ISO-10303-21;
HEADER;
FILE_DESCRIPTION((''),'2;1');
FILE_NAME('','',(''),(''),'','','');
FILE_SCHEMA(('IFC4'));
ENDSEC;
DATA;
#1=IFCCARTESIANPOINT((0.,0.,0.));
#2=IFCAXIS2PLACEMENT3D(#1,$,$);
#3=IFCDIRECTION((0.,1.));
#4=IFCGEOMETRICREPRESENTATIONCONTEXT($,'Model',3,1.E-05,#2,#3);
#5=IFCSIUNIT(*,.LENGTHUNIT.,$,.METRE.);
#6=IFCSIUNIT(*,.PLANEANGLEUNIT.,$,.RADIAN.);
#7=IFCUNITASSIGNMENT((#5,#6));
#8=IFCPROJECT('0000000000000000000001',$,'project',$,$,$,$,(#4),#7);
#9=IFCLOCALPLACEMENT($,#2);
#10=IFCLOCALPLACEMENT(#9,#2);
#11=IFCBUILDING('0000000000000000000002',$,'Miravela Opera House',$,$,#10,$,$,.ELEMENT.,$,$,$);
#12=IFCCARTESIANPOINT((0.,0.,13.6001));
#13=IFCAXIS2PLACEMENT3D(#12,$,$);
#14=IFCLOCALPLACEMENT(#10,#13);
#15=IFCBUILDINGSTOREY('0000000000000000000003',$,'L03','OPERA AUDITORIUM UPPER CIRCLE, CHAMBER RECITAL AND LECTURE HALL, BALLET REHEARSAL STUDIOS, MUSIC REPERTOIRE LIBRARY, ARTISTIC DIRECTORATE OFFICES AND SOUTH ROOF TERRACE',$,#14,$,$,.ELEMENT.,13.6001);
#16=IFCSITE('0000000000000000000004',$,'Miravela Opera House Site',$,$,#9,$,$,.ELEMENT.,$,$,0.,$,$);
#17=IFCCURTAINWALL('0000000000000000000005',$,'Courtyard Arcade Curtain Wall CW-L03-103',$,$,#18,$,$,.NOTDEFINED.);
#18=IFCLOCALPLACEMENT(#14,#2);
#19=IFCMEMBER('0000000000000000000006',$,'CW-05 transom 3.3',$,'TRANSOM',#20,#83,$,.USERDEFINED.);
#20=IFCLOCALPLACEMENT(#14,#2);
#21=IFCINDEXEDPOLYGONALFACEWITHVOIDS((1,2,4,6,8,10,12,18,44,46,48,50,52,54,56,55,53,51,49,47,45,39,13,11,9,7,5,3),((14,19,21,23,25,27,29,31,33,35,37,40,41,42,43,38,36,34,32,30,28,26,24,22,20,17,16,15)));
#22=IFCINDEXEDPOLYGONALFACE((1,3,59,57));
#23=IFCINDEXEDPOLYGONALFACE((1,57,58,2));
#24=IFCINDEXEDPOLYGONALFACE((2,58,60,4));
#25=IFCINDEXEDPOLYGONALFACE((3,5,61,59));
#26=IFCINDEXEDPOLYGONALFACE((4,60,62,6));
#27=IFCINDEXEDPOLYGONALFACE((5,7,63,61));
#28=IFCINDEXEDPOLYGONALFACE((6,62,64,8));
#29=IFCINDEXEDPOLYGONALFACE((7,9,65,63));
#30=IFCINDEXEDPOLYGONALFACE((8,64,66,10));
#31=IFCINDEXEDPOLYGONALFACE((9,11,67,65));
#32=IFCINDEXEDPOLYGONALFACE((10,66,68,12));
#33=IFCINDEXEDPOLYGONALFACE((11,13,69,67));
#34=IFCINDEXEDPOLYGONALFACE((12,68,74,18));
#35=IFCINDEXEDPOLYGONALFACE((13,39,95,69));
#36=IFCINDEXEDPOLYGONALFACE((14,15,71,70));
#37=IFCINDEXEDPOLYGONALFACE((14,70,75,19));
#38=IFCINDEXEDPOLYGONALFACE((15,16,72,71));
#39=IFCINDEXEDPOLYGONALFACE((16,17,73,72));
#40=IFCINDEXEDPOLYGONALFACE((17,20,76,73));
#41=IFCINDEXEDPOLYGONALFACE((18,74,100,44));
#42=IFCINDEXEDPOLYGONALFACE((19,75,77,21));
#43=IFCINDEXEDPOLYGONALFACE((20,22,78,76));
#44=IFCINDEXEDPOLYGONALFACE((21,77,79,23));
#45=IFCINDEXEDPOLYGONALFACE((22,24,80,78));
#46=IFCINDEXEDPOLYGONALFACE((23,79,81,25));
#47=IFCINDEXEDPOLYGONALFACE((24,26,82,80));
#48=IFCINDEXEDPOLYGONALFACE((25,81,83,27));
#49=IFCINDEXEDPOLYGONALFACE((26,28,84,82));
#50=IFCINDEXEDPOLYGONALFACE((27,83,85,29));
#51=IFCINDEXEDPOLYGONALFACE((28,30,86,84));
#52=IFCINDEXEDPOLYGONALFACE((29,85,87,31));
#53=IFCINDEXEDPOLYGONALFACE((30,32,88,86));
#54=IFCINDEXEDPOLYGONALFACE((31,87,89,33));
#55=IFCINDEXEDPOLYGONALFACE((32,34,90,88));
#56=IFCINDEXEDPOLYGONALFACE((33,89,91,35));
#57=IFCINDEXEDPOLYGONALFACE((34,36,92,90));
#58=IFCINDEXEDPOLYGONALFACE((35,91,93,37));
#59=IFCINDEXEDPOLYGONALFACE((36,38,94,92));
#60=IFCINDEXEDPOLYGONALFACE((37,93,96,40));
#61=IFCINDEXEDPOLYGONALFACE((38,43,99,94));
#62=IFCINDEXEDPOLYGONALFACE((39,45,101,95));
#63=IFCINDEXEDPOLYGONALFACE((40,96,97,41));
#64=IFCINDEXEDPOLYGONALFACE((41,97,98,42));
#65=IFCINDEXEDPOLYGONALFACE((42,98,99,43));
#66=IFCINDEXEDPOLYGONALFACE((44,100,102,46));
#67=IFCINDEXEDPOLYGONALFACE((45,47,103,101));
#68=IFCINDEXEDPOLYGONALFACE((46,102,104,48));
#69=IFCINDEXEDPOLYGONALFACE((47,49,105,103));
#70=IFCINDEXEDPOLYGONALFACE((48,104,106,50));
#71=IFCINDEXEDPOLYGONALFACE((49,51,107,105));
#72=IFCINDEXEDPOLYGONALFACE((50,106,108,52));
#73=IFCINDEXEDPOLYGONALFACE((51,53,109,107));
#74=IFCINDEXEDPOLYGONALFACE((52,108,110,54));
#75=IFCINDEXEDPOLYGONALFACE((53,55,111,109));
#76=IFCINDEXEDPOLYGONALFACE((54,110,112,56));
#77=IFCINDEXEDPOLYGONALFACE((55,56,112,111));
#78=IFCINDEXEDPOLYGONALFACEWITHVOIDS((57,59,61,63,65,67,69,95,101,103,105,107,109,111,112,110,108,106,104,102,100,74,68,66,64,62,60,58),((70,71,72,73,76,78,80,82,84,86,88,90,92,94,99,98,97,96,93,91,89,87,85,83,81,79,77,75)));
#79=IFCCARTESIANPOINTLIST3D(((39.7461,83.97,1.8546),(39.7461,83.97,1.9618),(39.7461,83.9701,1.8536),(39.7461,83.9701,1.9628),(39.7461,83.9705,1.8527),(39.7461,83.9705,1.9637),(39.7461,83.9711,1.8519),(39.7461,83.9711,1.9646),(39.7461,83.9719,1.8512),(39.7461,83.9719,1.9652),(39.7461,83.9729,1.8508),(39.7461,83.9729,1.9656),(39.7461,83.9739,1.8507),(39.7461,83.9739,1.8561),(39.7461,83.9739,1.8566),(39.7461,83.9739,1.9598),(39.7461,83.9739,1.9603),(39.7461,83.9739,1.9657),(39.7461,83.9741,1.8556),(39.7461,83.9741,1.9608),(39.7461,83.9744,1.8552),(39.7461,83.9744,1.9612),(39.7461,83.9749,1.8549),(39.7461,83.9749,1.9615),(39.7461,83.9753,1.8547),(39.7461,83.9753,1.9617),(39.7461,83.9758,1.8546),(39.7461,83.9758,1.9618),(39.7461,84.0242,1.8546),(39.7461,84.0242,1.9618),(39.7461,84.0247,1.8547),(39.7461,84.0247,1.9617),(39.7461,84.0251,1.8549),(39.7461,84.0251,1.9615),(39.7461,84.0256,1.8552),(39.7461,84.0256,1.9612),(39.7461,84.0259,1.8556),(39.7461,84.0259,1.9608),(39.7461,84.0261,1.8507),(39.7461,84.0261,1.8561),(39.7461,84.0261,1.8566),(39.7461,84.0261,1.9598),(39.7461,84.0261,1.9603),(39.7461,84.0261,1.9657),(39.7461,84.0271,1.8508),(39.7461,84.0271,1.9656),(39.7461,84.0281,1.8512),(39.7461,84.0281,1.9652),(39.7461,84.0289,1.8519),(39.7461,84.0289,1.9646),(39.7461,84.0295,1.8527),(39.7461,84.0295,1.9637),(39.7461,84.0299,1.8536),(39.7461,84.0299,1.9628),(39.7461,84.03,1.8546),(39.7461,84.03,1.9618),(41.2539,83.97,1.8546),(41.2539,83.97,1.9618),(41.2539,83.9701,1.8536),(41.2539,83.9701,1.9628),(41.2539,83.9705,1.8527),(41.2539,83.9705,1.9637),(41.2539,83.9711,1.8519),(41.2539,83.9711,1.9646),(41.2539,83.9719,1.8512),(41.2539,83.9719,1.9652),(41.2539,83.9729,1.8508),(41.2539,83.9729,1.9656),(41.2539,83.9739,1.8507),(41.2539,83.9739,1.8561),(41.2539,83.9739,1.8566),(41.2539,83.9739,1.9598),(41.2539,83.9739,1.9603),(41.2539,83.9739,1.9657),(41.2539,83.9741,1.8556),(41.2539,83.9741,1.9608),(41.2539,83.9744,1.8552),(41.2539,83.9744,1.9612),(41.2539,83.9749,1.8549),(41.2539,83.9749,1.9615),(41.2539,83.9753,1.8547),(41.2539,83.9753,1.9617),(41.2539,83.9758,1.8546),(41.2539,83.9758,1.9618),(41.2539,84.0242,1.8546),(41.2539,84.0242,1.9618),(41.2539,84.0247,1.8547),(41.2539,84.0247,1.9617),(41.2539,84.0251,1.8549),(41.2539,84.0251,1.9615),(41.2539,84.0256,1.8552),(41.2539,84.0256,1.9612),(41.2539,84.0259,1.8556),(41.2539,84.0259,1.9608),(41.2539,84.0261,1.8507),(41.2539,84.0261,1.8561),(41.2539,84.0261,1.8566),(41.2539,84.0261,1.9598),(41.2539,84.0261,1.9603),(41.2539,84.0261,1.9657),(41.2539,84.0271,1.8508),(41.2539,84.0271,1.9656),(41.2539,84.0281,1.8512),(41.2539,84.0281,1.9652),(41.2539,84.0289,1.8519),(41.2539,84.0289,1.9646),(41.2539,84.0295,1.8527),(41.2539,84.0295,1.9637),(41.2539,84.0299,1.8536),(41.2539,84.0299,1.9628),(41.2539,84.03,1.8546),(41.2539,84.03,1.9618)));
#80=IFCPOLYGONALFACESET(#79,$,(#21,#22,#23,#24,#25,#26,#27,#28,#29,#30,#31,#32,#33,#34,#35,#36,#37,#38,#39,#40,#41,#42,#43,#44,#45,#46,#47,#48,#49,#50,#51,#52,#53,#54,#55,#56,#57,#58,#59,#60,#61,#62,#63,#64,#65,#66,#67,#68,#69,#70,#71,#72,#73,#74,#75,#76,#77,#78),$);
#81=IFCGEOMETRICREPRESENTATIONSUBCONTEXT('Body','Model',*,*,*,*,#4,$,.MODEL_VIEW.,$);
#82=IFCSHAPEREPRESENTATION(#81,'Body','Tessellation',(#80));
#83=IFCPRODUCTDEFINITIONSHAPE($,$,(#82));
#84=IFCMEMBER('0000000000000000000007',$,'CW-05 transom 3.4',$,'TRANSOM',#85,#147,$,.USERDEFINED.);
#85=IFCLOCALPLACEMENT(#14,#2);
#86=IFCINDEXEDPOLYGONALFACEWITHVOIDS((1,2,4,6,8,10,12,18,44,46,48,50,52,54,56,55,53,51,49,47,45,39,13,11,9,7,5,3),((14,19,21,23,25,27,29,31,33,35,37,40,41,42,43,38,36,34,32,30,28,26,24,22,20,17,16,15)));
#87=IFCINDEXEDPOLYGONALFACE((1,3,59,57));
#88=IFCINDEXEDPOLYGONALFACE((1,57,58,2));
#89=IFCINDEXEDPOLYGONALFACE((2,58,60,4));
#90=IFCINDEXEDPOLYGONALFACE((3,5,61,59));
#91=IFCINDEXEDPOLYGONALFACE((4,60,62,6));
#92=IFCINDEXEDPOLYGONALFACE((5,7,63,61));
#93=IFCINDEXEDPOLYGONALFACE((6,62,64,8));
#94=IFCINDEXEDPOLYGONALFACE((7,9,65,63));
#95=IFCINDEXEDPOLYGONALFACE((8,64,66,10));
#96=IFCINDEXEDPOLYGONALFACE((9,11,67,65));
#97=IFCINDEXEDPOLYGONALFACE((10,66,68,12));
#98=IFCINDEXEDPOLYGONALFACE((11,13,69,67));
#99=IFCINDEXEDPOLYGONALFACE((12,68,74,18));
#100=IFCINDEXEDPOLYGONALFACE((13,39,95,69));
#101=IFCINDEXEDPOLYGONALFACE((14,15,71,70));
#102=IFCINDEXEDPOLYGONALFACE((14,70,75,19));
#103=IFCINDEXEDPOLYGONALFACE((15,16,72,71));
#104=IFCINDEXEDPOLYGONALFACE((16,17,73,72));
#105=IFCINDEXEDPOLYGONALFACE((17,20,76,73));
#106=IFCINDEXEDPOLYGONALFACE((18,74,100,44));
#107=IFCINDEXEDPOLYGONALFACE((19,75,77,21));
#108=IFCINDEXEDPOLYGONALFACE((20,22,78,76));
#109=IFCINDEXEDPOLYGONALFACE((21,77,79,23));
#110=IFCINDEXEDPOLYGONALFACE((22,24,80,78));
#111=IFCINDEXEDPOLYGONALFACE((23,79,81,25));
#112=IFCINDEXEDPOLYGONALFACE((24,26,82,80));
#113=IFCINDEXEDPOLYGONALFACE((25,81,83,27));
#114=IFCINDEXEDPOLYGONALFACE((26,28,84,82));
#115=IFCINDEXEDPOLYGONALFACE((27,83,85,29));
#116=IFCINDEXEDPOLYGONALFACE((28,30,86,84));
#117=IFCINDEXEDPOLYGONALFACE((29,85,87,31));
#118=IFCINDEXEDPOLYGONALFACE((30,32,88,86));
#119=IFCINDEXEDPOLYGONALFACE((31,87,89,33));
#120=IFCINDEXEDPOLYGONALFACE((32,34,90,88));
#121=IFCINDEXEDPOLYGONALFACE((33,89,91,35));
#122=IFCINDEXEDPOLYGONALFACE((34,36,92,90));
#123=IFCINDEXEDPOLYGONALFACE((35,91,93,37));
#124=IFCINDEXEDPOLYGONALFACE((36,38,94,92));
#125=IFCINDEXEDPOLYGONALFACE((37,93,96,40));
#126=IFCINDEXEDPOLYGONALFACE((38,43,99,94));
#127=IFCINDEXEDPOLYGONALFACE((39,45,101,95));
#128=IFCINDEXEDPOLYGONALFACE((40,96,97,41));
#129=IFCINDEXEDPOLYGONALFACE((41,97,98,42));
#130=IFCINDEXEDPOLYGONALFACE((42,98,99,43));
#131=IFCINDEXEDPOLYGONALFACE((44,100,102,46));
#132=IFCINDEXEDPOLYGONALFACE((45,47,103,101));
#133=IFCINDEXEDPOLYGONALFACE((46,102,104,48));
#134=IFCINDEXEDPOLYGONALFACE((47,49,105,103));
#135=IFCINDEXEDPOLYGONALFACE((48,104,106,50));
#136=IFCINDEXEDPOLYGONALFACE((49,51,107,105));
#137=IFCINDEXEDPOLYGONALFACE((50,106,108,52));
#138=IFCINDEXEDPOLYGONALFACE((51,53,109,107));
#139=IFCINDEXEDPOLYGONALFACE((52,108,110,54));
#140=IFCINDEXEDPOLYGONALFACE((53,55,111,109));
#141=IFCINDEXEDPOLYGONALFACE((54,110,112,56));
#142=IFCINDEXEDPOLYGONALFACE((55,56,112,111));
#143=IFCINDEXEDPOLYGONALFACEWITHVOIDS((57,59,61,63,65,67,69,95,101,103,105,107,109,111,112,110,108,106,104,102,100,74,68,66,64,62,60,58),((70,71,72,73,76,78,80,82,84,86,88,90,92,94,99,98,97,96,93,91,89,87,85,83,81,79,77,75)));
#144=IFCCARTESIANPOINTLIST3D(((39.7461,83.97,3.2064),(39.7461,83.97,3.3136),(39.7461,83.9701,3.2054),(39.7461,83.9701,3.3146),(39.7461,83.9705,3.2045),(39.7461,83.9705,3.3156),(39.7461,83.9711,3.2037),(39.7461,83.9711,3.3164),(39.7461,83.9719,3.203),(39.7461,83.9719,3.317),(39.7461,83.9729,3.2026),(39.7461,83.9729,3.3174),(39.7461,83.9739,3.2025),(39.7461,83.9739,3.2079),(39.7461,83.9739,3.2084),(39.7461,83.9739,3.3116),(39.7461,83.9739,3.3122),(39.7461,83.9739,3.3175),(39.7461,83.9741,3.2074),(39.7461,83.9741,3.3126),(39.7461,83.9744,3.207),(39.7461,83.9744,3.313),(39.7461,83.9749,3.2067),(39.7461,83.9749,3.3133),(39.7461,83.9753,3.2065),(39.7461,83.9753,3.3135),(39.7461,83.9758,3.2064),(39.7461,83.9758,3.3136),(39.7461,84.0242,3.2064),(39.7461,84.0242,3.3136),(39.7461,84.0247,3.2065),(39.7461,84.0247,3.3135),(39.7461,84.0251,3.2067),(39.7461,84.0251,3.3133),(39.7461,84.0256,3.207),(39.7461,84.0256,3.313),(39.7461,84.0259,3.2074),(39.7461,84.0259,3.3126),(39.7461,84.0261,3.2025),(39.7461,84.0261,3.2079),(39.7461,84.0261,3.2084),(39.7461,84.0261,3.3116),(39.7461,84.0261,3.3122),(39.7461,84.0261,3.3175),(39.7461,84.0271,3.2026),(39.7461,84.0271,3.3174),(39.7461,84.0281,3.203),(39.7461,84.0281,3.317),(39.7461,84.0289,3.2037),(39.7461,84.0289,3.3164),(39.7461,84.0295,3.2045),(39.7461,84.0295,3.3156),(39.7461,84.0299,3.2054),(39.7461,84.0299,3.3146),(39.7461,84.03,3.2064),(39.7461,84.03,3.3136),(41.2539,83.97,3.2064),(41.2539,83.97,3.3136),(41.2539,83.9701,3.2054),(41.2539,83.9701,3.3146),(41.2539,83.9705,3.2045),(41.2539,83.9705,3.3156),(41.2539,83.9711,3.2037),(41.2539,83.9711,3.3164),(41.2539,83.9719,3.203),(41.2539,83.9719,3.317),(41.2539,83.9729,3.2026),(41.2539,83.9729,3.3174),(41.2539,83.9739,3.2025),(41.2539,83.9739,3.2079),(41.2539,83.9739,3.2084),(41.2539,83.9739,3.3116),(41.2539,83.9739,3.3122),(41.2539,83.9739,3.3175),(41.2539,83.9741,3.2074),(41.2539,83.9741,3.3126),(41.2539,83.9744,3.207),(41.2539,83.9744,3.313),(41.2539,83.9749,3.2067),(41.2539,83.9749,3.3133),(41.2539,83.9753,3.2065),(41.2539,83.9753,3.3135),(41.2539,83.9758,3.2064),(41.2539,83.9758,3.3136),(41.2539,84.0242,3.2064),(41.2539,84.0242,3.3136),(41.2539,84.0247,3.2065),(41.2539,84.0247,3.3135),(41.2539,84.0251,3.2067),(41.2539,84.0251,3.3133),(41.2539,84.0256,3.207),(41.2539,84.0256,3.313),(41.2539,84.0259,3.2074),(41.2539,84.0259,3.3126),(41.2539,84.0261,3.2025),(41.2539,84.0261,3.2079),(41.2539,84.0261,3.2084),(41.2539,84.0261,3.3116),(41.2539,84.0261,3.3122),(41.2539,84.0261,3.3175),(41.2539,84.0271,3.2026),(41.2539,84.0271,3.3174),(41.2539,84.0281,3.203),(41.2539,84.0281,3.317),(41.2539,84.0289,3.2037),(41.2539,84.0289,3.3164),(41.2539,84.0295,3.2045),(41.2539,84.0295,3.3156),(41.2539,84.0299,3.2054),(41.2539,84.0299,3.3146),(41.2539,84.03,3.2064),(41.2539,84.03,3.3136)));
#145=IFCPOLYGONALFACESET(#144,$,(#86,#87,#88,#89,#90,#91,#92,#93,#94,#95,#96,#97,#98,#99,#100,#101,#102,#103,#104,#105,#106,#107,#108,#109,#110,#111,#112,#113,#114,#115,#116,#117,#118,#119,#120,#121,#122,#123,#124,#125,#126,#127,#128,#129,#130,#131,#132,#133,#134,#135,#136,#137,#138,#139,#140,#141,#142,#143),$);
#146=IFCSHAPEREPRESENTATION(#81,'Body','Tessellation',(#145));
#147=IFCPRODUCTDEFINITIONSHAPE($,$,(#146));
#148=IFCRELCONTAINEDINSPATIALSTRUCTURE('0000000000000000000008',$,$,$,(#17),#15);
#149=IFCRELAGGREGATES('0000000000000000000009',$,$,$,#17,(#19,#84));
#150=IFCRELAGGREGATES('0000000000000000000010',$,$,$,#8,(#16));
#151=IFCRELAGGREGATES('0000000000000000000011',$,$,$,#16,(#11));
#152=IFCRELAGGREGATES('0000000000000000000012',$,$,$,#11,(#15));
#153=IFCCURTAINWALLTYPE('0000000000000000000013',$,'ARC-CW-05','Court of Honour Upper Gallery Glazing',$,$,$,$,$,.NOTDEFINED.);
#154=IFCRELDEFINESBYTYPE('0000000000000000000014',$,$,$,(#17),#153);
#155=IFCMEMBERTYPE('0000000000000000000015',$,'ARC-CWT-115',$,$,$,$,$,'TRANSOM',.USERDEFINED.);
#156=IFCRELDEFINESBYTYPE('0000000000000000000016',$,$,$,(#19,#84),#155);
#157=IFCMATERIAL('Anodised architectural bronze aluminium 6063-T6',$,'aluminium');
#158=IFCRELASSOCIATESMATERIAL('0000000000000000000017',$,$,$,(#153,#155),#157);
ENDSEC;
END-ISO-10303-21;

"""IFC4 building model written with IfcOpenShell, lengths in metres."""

from ifc_helpers import new_model, si_unit, direction, frame, origin, origin_2d, place, context, subcontext, project, spatial, hollow_rectangle, extrude, material, material_profile, profile_set, type_object, element, aggregate, save


model = new_model("IFC4")

# Units and contexts
model_context = context("Model", 3, precision=1e-05, world=origin(), true_north=direction((0.0, 1.0)))
body_context = subcontext(model_context, "Body", "Model", "MODEL_VIEW")
ifc_project = project(units=[si_unit("LENGTHUNIT", "METRE"), si_unit("PLANEANGLEUNIT", "RADIAN")], contexts=[model_context])

# Site, building, storey
site_placement = place(None, origin())
site = spatial("IfcSite", under=ifc_project, at=site_placement, Name="Miravela Opera House Site", CompositionType="ELEMENT", RefElevation=0.0)
building_placement = place(site_placement, origin())
building = spatial("IfcBuilding", under=site, at=building_placement, Name="Miravela Opera House", CompositionType="ELEMENT")
storey_placement = place(building_placement, frame((0.0, 0.0, 13.6001)))
storey = spatial("IfcBuildingStorey", under=building, at=storey_placement, Name="L03", Description="OPERA AUDITORIUM UPPER CIRCLE, CHAMBER RECITAL AND LECTURE HALL, BALLET REHEARSAL STUDIOS, MUSIC REPERTOIRE LIBRARY, ARTISTIC DIRECTORATE OFFICES AND SOUTH ROOF TERRACE", CompositionType="ELEMENT", Elevation=13.6001)

# Curtain wall, members
ifc_material_1 = material(Name="Anodised architectural bronze aluminium 6063-T6", Category="aluminium")
curtain_wall_type = type_object("IfcCurtainWallType", Name="ARC-CW-05", Description="Court of Honour Upper Gallery Glazing", PredefinedType="NOTDEFINED", material=ifc_material_1)
curtain_wall_placement = place(storey_placement, origin())
curtain_wall = element("IfcCurtainWall", 1, at=curtain_wall_placement, inside=storey, type_object=curtain_wall_type, Name="Courtyard Arcade Curtain Wall CW-L03-103", PredefinedType="NOTDEFINED")
ifc_material_profile_1 = material_profile(ifc_material_1, hollow_rectangle(XDim=0.0601, YDim=0.115, WallThickness=0.0039, InnerFilletRadius=0.002, OuterFilletRadius=0.0039, at=origin_2d()), Name="CWT-60X115")
ifc_profile_set_1 = profile_set([ifc_material_profile_1])
member_type_1 = type_object("IfcMemberType", Name="ARC-CWT-115", ElementType="TRANSOM", PredefinedType="USERDEFINED", material=ifc_profile_set_1)
member_1_placement = place(storey_placement, frame((39.7461, 84.0, 1.9082), z_axis=(1.0, 0.0, 0.0), x_axis=(0.0, 1.0, 0.0)))
member_1 = element("IfcMember", 2, at=member_1_placement, type_object=member_type_1, Name="CW-05 transom 3.3", ObjectType="TRANSOM", PredefinedType="USERDEFINED", context=body_context, shape_type="SweptSolid", body=[
    extrude(hollow_rectangle(XDim=0.0601, YDim=0.115, WallThickness=0.0039, InnerFilletRadius=0.002, OuterFilletRadius=0.0039, at=origin_2d()), origin(), (0.0, 0.0, 1.0), 1.5078),
])
member_2_placement = place(storey_placement, frame((39.7461, 84.0, 3.26), z_axis=(1.0, 0.0, 0.0), x_axis=(0.0, 1.0, 0.0)))
member_2 = element("IfcMember", 3, at=member_2_placement, type_object=member_type_1, Name="CW-05 transom 3.4", ObjectType="TRANSOM", PredefinedType="USERDEFINED", context=body_context, shape_type="SweptSolid", body=[
    extrude(hollow_rectangle(XDim=0.0601, YDim=0.115, WallThickness=0.0039, InnerFilletRadius=0.002, OuterFilletRadius=0.0039, at=origin_2d()), origin(), (0.0, 0.0, 1.0), 1.5078),
])
aggregate(curtain_wall, [member_1, member_2])

save(model, "model.ifc")
